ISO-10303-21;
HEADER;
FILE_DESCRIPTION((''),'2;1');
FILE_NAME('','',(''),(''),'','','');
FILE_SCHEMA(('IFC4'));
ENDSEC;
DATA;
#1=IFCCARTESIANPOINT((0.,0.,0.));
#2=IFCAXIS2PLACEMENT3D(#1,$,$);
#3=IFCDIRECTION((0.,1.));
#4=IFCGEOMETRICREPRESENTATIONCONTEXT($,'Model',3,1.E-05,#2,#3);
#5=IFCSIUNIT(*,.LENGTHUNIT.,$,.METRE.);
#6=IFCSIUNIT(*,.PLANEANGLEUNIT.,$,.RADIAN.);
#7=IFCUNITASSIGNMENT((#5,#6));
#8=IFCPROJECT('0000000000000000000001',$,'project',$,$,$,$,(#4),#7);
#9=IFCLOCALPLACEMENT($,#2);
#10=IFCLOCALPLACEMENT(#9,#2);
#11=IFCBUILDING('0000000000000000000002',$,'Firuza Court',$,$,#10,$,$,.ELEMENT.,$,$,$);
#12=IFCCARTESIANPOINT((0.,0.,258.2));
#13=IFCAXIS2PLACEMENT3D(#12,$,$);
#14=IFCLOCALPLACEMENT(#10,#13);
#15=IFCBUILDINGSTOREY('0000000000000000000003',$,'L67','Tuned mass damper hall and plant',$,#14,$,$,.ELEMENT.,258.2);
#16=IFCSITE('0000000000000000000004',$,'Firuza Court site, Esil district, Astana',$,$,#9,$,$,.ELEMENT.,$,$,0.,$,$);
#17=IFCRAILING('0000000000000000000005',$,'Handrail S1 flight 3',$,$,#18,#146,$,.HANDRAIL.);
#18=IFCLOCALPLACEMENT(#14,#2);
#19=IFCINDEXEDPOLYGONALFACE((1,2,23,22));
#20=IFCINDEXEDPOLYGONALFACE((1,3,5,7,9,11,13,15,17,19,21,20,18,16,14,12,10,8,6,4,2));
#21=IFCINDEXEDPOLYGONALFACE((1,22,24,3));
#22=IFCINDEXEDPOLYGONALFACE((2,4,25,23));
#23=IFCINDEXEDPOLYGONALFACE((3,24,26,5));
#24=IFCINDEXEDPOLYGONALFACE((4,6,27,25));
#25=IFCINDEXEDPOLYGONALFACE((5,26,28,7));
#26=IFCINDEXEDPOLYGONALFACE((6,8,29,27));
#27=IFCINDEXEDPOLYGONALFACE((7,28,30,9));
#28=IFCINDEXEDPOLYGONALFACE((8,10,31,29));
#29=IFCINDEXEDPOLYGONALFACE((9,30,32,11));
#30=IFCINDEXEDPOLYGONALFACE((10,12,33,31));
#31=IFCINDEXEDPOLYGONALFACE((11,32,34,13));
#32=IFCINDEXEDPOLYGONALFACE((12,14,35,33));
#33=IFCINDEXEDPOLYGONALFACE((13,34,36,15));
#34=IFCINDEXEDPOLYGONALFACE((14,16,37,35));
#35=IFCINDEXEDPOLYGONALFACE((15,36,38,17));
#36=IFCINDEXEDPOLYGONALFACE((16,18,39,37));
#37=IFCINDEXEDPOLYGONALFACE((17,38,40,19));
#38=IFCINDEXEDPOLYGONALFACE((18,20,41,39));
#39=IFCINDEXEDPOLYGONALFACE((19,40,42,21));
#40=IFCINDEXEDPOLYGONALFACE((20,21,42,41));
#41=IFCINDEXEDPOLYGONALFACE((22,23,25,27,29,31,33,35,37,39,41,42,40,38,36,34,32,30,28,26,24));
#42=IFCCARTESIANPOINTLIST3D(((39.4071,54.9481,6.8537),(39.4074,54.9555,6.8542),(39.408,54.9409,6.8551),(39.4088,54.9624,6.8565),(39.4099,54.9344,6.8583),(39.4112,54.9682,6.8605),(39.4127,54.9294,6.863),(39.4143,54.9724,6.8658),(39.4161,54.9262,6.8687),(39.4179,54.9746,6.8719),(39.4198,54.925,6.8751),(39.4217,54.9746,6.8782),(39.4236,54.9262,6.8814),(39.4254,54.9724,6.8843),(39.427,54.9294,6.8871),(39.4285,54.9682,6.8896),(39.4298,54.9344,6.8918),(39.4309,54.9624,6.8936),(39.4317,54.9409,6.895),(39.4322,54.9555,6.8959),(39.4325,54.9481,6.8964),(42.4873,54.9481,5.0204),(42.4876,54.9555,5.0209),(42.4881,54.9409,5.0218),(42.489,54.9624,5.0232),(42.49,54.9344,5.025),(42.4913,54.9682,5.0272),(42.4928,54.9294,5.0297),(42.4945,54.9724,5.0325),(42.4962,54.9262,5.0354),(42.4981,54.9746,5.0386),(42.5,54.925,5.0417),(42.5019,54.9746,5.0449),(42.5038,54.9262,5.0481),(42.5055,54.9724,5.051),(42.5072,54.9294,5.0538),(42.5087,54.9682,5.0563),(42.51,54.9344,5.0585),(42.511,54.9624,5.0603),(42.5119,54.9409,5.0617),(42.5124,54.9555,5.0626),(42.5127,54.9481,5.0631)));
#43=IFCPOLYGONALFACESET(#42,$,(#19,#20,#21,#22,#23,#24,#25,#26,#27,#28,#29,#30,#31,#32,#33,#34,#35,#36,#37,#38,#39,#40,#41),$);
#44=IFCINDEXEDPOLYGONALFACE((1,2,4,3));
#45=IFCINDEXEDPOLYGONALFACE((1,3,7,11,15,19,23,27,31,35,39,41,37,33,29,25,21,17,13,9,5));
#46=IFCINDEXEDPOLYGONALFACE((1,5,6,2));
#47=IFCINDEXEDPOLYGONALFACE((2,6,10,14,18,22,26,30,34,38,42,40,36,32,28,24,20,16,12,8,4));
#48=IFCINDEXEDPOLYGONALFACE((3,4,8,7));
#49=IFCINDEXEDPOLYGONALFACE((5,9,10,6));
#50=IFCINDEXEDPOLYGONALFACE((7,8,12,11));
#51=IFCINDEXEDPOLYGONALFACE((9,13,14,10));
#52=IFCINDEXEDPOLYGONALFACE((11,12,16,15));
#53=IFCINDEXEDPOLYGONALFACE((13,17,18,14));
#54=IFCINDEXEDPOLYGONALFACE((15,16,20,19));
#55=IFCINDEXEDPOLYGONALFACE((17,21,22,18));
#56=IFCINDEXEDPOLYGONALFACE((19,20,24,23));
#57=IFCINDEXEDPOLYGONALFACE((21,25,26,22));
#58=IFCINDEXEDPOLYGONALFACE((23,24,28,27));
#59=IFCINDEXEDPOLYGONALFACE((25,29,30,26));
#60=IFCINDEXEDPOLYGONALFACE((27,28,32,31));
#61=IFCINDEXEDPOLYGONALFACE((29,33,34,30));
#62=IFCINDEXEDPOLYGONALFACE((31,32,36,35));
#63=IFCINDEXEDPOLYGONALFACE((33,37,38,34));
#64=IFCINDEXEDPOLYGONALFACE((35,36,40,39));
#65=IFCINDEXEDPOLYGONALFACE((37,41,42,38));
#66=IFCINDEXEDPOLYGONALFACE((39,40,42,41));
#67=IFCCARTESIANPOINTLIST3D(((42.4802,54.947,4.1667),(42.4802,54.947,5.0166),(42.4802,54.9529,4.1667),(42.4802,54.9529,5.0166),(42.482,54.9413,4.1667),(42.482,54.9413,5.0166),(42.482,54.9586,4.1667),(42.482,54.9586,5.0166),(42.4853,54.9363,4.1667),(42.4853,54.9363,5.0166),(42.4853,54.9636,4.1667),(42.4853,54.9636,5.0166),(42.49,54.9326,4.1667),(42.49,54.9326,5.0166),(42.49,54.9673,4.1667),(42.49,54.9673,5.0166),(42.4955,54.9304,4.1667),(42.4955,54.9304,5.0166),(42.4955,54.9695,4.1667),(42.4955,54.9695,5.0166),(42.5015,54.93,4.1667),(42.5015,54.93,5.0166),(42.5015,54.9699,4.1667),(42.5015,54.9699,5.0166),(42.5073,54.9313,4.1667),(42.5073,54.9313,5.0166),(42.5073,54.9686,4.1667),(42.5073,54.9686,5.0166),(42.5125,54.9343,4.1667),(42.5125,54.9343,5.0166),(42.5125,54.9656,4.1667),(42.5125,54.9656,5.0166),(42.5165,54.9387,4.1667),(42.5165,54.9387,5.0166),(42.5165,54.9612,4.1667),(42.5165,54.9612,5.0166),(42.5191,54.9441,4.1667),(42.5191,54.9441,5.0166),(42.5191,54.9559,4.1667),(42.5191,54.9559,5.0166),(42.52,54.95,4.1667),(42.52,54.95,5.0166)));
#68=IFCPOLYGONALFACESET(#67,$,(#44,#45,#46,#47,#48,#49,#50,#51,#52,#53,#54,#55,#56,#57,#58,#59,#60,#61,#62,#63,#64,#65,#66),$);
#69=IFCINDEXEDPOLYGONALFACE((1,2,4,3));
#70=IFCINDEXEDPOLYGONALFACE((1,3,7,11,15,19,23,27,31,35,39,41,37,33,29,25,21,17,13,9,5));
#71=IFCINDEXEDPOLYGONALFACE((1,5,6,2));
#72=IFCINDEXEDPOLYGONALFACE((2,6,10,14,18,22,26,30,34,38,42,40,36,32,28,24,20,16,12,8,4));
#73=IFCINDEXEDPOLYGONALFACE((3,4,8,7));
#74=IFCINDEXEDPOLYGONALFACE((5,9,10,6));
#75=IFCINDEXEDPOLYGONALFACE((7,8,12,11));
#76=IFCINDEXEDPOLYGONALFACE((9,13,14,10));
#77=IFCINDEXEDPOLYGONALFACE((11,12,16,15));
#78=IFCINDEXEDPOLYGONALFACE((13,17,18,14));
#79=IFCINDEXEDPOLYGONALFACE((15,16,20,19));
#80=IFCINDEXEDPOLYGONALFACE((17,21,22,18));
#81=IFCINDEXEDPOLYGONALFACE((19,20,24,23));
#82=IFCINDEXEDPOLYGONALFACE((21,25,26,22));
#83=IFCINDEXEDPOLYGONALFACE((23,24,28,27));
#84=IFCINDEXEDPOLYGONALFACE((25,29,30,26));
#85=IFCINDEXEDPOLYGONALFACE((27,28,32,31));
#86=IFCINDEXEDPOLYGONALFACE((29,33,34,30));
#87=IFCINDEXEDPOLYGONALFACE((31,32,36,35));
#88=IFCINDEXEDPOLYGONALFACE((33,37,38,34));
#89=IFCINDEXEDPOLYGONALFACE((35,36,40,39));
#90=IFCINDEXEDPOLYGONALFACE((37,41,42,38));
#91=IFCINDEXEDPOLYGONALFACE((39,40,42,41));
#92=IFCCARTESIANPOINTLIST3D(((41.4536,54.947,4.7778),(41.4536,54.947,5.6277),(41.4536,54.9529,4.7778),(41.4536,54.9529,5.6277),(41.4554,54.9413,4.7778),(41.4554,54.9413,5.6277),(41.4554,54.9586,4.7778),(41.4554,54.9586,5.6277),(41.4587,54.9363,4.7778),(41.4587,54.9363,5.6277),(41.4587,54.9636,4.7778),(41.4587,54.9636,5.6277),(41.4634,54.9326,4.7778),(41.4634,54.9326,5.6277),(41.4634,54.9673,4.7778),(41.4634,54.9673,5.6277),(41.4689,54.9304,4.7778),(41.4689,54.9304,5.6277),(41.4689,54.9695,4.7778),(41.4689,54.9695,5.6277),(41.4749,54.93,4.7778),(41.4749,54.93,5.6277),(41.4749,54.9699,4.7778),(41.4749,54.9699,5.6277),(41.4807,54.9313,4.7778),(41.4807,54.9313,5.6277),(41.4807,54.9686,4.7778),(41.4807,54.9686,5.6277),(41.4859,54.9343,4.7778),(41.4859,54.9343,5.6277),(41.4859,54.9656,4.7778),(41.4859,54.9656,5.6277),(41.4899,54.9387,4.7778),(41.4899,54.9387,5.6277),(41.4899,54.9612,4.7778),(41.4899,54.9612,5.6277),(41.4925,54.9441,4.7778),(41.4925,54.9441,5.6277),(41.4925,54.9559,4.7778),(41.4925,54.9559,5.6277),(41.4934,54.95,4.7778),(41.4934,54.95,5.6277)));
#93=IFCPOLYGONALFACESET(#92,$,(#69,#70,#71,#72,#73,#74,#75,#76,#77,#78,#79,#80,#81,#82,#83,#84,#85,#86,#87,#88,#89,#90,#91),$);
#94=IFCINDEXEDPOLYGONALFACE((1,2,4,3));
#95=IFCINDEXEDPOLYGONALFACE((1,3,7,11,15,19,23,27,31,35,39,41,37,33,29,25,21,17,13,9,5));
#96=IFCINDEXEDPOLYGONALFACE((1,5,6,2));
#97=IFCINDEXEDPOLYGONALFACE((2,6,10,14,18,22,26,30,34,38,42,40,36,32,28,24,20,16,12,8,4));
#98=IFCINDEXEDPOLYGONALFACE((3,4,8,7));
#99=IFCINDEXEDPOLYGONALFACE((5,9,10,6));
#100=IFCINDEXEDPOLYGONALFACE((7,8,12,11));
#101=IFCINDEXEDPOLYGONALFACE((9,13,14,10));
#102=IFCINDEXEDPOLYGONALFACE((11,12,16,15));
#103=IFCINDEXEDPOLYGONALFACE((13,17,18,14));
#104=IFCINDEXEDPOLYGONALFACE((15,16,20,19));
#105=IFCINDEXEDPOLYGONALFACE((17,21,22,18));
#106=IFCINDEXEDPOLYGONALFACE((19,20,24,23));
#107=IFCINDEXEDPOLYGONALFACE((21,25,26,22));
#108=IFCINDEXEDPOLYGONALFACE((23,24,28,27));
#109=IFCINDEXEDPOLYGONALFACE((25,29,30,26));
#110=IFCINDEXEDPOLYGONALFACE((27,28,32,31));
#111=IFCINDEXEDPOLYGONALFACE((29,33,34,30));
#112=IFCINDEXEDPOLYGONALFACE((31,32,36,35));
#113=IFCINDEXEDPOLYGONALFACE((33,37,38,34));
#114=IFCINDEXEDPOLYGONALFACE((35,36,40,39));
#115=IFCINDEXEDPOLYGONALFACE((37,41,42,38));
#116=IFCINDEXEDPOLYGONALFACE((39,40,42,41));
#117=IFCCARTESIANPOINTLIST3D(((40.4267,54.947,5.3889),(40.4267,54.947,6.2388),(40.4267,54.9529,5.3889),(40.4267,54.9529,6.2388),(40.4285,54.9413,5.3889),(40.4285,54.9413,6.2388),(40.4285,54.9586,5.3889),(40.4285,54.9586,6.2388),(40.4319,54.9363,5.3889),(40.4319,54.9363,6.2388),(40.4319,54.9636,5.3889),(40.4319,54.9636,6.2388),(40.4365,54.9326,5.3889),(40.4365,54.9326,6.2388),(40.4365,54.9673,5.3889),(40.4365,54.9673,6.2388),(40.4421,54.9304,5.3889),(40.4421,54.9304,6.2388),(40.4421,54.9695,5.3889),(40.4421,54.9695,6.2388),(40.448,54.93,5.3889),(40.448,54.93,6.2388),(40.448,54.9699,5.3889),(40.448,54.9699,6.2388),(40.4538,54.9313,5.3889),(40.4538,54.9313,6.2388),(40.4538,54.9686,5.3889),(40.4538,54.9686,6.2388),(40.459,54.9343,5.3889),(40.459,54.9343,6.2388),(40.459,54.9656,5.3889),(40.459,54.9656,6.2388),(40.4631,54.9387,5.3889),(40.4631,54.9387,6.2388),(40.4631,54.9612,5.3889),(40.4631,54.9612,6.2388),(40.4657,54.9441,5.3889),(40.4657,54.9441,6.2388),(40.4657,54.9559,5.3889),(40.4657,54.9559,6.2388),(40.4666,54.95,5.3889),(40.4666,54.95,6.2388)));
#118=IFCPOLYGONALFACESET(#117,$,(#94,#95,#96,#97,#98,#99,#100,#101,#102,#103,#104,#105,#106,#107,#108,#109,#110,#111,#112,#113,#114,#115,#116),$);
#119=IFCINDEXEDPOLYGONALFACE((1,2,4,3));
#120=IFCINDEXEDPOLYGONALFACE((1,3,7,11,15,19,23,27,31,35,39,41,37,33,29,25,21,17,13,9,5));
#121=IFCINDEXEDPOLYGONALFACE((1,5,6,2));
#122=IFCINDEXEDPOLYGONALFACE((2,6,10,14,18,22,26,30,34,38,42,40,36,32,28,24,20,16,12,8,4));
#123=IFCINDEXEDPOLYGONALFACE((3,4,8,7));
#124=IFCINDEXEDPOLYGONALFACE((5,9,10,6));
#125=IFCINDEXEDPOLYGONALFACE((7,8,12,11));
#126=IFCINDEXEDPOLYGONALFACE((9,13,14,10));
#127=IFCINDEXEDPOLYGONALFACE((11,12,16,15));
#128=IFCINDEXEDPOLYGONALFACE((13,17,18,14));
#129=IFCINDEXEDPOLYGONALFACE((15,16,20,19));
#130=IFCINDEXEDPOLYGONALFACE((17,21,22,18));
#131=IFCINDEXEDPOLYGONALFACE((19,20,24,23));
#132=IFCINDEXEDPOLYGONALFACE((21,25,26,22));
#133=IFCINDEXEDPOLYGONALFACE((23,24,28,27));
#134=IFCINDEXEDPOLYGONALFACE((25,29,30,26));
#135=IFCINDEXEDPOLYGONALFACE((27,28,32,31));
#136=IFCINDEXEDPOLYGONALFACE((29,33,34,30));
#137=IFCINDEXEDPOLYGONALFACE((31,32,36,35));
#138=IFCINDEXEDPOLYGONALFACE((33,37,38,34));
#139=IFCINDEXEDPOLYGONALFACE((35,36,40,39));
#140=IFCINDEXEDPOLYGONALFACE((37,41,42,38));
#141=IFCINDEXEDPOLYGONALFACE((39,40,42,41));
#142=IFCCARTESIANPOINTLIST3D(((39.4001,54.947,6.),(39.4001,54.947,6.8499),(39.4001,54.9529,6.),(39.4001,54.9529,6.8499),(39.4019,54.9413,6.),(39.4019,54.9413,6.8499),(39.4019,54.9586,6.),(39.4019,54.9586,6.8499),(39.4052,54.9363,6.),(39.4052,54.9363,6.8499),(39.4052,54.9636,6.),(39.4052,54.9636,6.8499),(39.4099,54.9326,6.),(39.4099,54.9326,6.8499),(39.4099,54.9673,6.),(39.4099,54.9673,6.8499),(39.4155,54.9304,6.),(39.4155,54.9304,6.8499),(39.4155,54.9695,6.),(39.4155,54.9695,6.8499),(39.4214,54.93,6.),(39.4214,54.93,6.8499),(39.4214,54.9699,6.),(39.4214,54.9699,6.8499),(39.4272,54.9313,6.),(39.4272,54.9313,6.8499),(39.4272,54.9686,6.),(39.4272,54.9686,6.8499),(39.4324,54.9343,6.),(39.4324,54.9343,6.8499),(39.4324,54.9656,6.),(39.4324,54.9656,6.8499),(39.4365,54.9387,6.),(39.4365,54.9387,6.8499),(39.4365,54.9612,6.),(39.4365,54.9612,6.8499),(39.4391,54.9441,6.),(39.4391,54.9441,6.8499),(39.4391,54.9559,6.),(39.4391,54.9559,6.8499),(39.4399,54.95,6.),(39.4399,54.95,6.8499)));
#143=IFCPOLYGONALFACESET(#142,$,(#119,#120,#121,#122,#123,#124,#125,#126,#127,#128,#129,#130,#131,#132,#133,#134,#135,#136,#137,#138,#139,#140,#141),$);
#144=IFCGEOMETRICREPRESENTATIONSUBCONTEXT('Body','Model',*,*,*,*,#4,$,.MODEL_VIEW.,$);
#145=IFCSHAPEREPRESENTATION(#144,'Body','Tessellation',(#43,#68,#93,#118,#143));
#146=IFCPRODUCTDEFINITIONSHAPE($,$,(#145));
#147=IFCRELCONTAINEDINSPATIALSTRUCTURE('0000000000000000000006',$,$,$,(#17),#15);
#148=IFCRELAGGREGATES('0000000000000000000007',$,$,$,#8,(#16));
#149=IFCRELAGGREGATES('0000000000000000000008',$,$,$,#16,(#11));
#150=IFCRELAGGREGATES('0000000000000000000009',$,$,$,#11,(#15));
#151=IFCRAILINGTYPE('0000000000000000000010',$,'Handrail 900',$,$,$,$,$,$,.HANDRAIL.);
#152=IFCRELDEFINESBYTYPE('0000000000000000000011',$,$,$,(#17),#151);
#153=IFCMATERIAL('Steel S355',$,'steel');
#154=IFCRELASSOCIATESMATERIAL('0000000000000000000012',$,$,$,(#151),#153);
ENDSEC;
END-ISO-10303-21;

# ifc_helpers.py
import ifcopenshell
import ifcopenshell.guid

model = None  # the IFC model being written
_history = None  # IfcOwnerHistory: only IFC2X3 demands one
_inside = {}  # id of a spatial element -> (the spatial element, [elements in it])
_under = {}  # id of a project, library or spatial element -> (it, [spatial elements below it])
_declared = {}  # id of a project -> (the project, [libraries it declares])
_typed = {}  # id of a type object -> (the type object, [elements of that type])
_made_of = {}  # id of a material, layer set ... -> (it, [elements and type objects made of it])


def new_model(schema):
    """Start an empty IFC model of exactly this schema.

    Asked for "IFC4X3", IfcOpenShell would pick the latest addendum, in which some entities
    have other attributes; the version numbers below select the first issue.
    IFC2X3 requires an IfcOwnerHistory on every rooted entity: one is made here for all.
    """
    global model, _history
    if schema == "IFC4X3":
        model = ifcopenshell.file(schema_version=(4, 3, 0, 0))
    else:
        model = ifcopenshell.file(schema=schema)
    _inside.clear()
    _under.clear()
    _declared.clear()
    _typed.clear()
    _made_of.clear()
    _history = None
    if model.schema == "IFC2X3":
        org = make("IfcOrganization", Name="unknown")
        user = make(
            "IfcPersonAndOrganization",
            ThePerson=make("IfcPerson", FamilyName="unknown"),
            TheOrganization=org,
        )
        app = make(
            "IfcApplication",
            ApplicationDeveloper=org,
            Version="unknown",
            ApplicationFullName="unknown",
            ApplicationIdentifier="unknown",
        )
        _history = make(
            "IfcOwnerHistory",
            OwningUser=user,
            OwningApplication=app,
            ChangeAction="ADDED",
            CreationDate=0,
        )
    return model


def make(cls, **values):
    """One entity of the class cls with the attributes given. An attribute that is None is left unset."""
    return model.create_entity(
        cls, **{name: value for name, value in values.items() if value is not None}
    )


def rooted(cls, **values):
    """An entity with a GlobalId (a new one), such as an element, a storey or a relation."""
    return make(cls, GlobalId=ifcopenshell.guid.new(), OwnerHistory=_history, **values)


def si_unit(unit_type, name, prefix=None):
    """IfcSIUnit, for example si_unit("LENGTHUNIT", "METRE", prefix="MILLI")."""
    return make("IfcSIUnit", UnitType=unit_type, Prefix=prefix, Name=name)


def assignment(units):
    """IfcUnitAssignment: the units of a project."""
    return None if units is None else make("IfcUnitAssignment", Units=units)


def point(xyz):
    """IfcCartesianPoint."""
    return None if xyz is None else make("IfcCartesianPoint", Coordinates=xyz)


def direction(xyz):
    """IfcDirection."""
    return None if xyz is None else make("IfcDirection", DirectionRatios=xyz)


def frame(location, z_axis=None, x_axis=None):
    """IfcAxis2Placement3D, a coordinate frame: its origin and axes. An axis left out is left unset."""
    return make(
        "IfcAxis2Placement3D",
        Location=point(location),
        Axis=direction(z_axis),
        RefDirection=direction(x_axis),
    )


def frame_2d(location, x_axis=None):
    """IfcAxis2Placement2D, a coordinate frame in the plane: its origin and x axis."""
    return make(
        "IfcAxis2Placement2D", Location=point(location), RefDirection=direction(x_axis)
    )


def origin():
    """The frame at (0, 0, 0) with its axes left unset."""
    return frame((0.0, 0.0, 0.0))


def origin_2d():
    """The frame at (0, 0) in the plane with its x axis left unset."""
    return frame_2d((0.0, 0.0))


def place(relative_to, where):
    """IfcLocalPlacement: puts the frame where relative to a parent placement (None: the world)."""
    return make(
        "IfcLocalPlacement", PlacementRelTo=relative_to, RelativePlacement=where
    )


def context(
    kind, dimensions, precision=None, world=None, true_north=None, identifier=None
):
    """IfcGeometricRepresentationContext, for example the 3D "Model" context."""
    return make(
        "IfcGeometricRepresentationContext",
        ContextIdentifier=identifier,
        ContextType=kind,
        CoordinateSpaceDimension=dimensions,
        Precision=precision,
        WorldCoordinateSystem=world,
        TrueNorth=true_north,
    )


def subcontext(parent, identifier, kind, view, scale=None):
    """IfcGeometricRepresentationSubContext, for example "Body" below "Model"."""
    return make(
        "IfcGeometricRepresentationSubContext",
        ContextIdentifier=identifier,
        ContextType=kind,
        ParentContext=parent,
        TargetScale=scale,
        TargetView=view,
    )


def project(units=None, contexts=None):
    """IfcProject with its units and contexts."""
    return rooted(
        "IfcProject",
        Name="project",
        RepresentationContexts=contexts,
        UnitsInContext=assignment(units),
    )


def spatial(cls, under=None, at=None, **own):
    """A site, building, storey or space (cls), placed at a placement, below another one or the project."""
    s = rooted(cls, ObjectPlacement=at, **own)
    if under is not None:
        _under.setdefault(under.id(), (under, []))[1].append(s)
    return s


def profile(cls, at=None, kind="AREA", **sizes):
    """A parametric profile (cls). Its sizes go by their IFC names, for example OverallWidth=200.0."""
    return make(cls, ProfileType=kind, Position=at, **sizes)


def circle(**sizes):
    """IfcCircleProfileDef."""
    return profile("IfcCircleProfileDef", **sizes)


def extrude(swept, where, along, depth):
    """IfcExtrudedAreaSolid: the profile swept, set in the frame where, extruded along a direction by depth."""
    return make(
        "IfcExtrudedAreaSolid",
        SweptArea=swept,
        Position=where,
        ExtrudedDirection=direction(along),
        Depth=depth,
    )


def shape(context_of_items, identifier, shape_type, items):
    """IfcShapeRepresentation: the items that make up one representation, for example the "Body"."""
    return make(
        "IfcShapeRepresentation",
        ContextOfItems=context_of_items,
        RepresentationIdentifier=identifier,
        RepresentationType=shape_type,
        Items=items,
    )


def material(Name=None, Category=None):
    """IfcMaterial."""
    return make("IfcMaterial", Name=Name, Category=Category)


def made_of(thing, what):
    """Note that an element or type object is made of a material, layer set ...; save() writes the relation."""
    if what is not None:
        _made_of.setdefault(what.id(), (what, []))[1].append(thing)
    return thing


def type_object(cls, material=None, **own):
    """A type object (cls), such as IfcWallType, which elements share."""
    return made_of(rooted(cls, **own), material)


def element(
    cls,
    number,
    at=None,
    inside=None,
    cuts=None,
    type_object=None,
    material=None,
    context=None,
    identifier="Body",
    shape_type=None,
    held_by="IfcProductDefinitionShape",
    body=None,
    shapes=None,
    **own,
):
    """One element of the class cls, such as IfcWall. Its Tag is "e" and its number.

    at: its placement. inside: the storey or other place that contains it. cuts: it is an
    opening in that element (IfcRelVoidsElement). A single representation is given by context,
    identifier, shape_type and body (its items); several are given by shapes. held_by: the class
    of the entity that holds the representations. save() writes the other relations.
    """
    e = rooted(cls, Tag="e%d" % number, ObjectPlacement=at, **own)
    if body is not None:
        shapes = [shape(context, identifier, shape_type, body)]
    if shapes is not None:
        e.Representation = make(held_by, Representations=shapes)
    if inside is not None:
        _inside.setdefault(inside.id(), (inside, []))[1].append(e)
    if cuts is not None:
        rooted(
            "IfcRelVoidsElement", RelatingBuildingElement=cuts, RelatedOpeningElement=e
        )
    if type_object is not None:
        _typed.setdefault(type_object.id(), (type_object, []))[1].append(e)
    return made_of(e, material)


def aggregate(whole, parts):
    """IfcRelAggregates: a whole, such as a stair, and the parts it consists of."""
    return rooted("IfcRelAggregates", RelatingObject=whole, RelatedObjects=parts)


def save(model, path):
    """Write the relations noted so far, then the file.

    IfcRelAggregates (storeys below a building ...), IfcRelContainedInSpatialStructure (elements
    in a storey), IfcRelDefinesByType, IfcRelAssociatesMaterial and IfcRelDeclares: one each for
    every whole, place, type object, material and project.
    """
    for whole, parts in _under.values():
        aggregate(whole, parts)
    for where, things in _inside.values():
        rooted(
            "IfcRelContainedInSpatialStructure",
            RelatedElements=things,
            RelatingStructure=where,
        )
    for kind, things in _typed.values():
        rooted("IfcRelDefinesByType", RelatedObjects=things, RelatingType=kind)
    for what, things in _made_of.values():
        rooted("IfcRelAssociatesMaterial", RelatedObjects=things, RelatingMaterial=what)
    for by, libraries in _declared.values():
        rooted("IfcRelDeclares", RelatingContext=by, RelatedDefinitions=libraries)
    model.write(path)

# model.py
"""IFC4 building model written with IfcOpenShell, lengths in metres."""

from ifc_helpers import new_model, si_unit, direction, frame, origin, origin_2d, place, context, subcontext, project, spatial, circle, extrude, material, type_object, element, save


model = new_model("IFC4")

# Units and contexts
model_context = context("Model", 3, precision=1e-05, world=origin(), true_north=direction((0.0, 1.0)))
body_context = subcontext(model_context, "Body", "Model", "MODEL_VIEW")
ifc_project = project(units=[si_unit("LENGTHUNIT", "METRE"), si_unit("PLANEANGLEUNIT", "RADIAN")], contexts=[model_context])

# Site, building, storey
site_placement = place(None, origin())
site = spatial("IfcSite", under=ifc_project, at=site_placement, Name="Firuza Court site, Esil district, Astana", CompositionType="ELEMENT", RefElevation=0.0)
building_placement = place(site_placement, origin())
building = spatial("IfcBuilding", under=site, at=building_placement, Name="Firuza Court", CompositionType="ELEMENT")
storey_placement = place(building_placement, frame((0.0, 0.0, 258.2)))
storey = spatial("IfcBuildingStorey", under=building, at=storey_placement, Name="L67", Description="Tuned mass damper hall and plant", CompositionType="ELEMENT", Elevation=258.2)

# Railing
ifc_material_1 = material(Name="Steel S355", Category="steel")
railing_type = type_object("IfcRailingType", Name="Handrail 900", PredefinedType="HANDRAIL", material=ifc_material_1)
railing_placement = place(storey_placement, frame((42.5, 54.95, 4.1667)))
element("IfcRailing", 1, at=railing_placement, inside=storey, type_object=railing_type, Name="Handrail S1 flight 3", PredefinedType="HANDRAIL", context=body_context, shape_type="SweptSolid", body=[
    extrude(circle(Radius=0.0249, at=origin_2d()), frame((0.0, 0.0, 0.875), z_axis=(-0.859309, 0.0, 0.511458), x_axis=(0.0, -1.0, 0.0)), (0.0, 0.0, 1.0), 3.5845),
    extrude(circle(Radius=0.02, at=origin_2d()), origin(), (0.0, 0.0, 1.0), 0.8499),
    extrude(circle(Radius=0.02, at=origin_2d()), frame((-1.0266, 0.0, 0.6111)), (0.0, 0.0, 1.0), 0.8499),
    extrude(circle(Radius=0.02, at=origin_2d()), frame((-2.0535, 0.0, 1.2222)), (0.0, 0.0, 1.0), 0.8499),
    extrude(circle(Radius=0.02, at=origin_2d()), frame((-3.0801, 0.0, 1.8333)), (0.0, 0.0, 1.0), 0.8499),
])

save(model, "model.ifc")
